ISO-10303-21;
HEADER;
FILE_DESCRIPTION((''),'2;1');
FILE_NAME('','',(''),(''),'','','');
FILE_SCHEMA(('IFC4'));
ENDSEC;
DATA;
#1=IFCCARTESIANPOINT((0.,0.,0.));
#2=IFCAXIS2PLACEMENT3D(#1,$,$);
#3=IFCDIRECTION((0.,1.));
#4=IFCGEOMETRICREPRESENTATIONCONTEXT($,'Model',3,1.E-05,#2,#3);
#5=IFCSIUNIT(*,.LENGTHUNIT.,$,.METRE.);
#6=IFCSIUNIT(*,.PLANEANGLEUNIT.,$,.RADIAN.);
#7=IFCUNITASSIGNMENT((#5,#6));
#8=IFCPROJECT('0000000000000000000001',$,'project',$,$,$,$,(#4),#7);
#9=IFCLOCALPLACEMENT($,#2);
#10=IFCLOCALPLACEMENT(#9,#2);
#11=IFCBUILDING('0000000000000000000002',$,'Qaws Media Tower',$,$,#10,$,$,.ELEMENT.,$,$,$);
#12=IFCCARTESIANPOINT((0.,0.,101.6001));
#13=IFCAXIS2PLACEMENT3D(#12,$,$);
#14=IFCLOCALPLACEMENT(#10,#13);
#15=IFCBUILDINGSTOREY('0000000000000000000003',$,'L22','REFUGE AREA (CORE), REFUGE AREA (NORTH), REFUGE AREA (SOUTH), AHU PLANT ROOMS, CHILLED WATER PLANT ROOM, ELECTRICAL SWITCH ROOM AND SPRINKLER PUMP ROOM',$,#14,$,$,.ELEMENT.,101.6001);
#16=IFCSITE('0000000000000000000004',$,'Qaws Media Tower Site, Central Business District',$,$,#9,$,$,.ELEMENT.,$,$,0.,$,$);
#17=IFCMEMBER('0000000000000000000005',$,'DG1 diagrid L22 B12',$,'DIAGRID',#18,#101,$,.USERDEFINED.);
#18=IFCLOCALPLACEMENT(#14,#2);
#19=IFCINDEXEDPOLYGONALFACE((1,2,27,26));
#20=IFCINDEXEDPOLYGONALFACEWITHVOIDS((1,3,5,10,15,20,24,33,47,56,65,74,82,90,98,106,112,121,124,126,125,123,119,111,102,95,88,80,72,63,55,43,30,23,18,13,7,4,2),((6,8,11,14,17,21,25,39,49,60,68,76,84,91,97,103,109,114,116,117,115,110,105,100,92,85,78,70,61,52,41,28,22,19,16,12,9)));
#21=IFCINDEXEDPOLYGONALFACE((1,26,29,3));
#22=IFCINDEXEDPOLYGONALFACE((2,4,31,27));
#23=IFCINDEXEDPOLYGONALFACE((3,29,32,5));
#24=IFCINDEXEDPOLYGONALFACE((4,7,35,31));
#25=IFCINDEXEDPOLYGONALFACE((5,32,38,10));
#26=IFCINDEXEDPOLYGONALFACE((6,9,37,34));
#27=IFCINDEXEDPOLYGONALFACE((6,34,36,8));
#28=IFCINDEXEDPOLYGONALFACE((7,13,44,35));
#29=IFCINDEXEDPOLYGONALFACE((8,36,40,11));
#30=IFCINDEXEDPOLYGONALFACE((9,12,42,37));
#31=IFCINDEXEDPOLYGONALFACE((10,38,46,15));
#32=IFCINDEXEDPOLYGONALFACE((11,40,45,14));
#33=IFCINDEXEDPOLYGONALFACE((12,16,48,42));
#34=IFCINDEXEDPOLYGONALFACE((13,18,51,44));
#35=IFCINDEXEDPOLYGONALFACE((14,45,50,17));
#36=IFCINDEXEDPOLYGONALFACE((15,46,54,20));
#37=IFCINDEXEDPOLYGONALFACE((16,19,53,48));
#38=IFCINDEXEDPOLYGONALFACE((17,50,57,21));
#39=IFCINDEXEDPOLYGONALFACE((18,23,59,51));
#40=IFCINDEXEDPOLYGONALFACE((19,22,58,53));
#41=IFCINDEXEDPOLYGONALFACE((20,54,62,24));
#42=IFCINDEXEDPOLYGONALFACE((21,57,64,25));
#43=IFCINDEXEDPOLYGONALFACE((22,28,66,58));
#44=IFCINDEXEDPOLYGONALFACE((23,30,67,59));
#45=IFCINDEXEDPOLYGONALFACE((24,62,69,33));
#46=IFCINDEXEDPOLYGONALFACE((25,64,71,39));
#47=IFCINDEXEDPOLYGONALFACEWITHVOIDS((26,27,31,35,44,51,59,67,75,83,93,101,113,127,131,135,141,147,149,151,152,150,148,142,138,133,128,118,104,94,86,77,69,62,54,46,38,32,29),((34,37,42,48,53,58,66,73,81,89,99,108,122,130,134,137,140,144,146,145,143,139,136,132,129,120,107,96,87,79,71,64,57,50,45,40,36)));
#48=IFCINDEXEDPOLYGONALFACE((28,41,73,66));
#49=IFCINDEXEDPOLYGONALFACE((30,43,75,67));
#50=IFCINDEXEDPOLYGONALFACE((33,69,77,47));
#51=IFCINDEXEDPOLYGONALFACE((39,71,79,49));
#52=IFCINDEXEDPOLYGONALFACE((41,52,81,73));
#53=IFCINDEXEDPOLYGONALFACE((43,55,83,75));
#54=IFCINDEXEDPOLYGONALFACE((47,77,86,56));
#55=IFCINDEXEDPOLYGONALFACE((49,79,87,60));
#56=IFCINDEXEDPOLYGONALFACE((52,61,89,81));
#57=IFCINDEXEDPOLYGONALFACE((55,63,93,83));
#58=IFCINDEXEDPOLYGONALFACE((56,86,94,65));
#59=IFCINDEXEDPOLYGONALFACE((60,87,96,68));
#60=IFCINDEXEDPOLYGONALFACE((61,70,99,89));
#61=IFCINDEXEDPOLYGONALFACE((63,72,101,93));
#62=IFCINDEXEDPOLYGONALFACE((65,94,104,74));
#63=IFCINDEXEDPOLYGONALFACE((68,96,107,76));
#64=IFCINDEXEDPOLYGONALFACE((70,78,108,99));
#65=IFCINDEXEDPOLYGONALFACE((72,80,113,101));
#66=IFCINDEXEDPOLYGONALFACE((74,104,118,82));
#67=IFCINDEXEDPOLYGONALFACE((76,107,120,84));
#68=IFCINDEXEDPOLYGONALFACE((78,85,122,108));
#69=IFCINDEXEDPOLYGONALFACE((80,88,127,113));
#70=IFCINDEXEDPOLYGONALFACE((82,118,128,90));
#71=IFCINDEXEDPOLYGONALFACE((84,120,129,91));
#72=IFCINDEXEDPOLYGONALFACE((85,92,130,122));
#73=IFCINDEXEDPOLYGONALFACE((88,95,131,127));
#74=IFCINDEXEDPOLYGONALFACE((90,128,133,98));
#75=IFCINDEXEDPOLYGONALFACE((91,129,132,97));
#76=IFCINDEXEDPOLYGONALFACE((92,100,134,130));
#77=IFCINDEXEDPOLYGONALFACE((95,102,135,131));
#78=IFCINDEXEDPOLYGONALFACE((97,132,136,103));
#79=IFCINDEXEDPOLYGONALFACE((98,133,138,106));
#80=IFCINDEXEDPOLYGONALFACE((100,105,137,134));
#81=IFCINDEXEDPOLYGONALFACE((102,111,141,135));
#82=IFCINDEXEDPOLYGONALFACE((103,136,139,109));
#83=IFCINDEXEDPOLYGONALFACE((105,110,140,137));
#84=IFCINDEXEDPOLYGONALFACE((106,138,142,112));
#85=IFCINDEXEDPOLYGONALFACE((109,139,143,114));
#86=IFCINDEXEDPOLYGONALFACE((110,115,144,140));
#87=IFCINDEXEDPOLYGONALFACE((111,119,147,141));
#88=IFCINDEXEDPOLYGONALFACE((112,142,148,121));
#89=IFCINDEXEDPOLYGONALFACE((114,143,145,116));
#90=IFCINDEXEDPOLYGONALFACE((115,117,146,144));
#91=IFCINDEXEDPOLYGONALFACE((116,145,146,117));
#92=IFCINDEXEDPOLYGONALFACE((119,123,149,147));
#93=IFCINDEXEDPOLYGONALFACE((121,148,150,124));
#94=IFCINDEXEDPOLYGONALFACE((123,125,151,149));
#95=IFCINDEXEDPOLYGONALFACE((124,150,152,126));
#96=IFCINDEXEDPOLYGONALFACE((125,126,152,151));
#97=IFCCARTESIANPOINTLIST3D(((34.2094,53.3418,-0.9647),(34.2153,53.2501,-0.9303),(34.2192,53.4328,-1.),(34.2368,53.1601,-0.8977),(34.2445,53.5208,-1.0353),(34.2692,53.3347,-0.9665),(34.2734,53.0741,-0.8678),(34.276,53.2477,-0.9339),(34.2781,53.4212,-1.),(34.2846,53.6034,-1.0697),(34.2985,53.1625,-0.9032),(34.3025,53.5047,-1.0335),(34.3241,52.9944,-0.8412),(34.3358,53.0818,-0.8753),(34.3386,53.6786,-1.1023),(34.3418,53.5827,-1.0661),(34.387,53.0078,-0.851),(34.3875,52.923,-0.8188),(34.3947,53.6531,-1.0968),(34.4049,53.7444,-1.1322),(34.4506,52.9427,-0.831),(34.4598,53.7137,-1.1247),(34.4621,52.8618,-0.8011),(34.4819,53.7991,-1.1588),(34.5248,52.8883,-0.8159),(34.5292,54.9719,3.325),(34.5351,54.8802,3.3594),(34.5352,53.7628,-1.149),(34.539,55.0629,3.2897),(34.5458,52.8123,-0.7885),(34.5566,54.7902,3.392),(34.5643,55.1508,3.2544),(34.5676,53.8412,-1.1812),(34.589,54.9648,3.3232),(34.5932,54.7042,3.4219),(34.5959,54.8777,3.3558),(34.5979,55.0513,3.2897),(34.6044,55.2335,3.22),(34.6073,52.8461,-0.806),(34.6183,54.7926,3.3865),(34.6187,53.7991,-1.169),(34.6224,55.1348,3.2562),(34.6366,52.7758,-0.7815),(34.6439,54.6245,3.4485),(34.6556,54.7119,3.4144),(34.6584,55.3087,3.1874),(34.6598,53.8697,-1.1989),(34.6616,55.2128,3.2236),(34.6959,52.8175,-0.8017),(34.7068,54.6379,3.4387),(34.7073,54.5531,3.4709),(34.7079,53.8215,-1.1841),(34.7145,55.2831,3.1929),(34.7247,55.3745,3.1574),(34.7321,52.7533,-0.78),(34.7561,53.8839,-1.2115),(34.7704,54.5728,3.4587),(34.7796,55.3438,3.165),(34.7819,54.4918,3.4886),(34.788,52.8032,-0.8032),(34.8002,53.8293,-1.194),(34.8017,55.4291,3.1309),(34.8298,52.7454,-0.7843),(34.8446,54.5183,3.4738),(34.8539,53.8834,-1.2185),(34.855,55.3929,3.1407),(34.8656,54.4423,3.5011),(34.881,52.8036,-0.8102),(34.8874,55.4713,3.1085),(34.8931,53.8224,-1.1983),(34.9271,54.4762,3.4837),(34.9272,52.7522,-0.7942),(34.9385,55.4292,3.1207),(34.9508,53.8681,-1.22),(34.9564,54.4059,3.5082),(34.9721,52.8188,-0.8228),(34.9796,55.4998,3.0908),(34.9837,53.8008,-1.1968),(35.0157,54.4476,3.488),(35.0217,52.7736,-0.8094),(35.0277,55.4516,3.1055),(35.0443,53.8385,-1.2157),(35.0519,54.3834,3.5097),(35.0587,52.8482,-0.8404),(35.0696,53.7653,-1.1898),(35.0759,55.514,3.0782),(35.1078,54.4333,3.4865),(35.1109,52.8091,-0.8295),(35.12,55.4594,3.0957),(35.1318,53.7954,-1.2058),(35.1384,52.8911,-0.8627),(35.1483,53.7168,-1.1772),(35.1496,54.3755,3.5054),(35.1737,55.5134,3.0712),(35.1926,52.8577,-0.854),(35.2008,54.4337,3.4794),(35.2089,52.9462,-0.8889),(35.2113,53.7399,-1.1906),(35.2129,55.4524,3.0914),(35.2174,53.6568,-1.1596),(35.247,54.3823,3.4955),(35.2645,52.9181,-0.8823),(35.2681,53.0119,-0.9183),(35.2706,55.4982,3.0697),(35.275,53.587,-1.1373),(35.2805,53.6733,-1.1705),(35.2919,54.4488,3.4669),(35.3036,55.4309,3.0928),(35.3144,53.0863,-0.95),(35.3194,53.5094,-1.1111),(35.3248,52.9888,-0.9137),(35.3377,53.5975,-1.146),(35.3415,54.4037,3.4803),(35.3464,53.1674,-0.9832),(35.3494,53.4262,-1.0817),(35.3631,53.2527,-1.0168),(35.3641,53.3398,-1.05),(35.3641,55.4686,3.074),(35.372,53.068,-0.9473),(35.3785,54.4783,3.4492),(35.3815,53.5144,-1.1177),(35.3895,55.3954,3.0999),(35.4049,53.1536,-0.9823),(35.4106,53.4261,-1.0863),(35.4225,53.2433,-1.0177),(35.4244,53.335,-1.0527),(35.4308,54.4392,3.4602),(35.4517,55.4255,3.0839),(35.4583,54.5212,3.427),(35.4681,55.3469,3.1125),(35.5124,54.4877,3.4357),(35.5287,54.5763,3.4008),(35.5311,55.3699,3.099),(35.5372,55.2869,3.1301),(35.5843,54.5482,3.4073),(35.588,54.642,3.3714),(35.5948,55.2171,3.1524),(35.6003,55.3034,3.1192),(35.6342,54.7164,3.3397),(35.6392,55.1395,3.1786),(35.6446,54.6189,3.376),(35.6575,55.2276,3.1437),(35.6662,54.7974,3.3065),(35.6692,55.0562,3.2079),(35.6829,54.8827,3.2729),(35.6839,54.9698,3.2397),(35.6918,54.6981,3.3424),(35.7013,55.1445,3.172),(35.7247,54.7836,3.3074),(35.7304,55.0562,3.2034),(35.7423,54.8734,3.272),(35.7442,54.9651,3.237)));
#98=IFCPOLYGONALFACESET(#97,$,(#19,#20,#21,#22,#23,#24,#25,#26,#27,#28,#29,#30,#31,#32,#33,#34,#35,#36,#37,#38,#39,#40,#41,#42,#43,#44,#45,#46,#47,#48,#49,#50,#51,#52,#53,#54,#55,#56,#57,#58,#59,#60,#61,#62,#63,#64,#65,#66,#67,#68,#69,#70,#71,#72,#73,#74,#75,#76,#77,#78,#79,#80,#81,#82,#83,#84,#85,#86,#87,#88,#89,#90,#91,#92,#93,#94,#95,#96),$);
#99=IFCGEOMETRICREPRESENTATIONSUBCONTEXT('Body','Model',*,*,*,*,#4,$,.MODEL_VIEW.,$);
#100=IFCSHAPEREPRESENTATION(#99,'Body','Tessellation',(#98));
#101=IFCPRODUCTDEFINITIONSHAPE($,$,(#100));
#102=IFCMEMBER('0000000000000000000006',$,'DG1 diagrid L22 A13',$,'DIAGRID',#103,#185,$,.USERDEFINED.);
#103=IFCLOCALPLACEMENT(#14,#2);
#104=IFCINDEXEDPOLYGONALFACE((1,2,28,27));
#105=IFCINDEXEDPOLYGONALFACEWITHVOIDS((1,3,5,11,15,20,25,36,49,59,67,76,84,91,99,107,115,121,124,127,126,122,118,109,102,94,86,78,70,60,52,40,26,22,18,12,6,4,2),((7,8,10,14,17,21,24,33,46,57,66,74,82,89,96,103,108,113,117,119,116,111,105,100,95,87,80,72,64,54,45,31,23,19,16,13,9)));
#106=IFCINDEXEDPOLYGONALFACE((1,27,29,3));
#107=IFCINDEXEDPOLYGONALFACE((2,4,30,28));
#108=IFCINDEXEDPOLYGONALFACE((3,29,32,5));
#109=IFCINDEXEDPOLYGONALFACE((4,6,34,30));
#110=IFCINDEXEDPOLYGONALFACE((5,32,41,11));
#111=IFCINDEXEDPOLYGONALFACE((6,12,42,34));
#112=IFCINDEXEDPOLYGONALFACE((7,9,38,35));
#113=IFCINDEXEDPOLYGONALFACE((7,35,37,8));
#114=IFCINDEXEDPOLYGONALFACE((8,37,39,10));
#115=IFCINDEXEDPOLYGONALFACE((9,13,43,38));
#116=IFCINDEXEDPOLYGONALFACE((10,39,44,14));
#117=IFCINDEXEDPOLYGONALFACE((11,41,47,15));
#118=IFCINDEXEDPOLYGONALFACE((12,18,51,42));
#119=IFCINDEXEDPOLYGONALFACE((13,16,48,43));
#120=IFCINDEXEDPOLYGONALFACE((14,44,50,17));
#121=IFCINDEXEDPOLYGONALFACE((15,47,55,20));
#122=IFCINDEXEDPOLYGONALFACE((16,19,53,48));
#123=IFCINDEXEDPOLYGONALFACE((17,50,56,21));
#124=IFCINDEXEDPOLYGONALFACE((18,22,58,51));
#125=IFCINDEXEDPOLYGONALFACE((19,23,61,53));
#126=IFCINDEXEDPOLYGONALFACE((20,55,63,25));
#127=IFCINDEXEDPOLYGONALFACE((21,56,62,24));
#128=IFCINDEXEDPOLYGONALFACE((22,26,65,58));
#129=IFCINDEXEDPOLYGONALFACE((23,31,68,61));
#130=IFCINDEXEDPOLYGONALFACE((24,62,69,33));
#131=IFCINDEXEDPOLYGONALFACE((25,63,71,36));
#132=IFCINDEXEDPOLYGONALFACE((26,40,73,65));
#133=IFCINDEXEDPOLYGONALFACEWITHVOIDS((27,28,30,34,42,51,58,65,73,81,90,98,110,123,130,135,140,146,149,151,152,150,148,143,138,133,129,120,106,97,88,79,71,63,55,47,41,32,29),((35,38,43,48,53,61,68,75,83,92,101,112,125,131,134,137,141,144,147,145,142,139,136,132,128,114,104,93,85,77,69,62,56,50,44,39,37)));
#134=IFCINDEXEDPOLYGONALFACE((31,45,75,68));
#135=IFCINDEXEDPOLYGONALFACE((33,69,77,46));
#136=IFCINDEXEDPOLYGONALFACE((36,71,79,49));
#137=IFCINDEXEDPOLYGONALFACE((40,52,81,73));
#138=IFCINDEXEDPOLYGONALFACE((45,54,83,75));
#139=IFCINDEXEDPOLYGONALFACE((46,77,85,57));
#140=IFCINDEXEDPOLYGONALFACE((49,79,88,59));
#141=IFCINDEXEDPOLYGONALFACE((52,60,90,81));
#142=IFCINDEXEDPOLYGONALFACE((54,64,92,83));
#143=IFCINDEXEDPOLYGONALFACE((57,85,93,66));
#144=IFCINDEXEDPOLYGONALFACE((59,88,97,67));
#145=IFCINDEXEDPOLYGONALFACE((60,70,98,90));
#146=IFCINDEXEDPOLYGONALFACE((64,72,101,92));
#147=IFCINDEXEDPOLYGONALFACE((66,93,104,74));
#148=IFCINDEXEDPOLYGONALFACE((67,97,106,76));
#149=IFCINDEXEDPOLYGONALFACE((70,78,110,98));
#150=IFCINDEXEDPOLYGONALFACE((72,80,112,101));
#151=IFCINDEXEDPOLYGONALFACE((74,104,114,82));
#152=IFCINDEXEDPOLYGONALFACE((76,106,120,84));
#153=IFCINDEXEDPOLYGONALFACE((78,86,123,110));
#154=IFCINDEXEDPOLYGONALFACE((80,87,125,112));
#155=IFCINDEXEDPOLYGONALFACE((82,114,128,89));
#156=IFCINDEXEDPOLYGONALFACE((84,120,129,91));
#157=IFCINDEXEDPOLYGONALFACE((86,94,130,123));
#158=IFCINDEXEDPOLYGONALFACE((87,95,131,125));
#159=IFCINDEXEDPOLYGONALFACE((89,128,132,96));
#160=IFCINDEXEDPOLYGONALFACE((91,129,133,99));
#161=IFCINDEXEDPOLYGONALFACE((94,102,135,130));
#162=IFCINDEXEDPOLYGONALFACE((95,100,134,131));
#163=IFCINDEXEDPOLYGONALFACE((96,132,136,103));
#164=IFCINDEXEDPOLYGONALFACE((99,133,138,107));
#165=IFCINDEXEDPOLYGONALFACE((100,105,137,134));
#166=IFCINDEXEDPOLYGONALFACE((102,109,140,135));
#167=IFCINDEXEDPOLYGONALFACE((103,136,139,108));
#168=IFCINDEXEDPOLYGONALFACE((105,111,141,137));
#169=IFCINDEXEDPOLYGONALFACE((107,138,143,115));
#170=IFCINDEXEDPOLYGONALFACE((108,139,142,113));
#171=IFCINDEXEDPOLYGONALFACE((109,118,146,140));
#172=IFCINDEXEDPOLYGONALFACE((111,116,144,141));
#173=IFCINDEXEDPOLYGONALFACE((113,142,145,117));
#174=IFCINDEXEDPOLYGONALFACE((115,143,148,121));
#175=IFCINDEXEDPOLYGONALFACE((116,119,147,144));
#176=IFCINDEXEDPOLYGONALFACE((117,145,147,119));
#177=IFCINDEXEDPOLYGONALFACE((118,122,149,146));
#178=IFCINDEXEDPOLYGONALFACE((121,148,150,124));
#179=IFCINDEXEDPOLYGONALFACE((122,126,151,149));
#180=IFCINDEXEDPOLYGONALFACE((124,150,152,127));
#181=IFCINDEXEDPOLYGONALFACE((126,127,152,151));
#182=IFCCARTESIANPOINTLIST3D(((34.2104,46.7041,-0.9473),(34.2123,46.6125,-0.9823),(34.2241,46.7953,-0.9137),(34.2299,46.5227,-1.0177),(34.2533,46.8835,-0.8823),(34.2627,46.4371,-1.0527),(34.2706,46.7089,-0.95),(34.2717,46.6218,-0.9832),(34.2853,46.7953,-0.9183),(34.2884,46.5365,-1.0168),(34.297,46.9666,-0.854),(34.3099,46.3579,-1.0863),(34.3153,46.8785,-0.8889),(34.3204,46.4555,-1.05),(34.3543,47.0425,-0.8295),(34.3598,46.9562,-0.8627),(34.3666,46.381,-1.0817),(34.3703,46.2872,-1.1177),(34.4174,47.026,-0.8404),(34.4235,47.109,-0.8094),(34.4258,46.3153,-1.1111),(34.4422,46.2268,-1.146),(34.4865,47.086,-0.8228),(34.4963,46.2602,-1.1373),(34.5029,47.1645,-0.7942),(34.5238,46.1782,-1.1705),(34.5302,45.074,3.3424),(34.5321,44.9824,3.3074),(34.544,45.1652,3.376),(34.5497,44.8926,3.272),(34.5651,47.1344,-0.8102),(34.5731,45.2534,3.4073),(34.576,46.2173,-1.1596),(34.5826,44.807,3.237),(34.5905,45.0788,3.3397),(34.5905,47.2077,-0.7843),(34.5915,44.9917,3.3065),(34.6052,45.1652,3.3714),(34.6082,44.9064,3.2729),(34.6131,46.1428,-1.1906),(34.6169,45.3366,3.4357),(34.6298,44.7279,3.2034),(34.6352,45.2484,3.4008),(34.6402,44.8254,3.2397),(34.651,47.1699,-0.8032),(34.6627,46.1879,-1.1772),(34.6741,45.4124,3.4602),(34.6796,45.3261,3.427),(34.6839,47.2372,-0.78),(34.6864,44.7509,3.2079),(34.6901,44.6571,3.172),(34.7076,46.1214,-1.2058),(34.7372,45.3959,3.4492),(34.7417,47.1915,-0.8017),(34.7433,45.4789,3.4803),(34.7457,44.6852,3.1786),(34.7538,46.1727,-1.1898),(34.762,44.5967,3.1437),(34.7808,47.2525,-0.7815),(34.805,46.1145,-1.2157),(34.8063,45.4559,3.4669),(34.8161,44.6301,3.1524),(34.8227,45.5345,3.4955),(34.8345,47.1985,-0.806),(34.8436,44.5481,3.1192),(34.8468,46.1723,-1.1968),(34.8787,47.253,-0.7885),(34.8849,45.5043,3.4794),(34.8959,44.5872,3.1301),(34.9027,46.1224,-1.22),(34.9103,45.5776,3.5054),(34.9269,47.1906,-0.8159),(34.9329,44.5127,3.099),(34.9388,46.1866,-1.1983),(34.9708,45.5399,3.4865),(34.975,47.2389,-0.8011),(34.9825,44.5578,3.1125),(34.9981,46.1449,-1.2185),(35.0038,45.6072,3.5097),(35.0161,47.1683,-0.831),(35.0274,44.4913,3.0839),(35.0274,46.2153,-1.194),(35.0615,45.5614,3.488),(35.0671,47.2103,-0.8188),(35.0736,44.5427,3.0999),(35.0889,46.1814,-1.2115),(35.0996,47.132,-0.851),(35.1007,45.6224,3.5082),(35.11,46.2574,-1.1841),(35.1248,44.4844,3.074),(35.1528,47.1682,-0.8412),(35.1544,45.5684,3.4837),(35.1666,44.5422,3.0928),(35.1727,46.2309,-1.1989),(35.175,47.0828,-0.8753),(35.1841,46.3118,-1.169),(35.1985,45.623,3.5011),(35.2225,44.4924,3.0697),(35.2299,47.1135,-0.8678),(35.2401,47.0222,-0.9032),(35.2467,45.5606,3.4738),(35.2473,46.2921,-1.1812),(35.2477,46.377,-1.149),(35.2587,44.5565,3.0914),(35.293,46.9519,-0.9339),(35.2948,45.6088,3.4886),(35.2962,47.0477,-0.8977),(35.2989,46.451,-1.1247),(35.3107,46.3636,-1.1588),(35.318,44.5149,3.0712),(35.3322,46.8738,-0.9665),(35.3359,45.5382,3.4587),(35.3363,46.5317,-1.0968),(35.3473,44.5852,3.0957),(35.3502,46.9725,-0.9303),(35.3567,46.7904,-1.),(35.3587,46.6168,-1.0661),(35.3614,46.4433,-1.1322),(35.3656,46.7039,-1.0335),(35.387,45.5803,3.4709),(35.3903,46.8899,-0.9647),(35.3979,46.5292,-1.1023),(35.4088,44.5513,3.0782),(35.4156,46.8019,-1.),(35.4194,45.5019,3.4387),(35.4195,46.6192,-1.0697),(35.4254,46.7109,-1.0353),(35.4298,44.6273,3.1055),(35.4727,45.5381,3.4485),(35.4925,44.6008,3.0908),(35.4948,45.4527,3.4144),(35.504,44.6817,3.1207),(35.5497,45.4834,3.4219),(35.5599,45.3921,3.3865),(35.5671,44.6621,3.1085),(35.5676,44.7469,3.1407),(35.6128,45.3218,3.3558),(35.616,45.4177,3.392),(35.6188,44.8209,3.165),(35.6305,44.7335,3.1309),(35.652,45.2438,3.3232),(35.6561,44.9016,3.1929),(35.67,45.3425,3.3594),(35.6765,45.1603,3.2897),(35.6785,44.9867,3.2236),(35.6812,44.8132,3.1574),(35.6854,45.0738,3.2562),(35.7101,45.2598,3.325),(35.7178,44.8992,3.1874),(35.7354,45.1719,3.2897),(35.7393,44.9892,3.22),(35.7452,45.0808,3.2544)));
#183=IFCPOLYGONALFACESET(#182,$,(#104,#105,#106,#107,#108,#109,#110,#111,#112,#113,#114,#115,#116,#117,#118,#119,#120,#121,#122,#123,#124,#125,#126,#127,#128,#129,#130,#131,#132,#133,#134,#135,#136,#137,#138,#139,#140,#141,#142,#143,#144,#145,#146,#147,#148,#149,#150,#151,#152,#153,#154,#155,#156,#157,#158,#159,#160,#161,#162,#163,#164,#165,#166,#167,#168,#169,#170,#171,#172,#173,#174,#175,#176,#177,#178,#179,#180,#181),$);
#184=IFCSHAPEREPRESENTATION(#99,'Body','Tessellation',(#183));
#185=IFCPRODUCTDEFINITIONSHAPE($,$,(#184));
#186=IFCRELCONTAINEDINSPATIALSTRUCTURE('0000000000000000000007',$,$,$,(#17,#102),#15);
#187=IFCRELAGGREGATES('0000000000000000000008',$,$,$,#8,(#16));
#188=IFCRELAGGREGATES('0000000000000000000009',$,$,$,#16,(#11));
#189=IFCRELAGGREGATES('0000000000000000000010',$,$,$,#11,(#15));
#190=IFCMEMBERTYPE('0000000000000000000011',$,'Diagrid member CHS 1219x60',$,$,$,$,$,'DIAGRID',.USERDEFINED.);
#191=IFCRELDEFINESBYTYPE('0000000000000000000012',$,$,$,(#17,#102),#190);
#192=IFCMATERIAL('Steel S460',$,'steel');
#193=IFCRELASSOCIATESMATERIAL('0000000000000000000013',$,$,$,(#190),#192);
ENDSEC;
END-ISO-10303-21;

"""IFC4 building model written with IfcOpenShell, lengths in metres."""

from ifc_helpers import new_model, si_unit, direction, frame, origin, origin_2d, place, context, subcontext, project, spatial, hollow_circle, extrude, material, material_profile, profile_set, type_object, element, save


model = new_model("IFC4")

# Units and contexts
model_context = context("Model", 3, precision=1e-05, world=origin(), true_north=direction((0.0, 1.0)))
body_context = subcontext(model_context, "Body", "Model", "MODEL_VIEW")
ifc_project = project(units=[si_unit("LENGTHUNIT", "METRE"), si_unit("PLANEANGLEUNIT", "RADIAN")], contexts=[model_context])

# Site, building, storey
site_placement = place(None, origin())
site = spatial("IfcSite", under=ifc_project, at=site_placement, Name="Qaws Media Tower Site, Central Business District", CompositionType="ELEMENT", RefElevation=0.0)
building_placement = place(site_placement, origin())
building = spatial("IfcBuilding", under=site, at=building_placement, Name="Qaws Media Tower", CompositionType="ELEMENT")
storey_placement = place(building_placement, frame((0.0, 0.0, 101.6001)))
storey = spatial("IfcBuildingStorey", under=building, at=storey_placement, Name="L22", Description="REFUGE AREA (CORE), REFUGE AREA (NORTH), REFUGE AREA (SOUTH), AHU PLANT ROOMS, CHILLED WATER PLANT ROOM, ELECTRICAL SWITCH ROOM AND SPRINKLER PUMP ROOM", CompositionType="ELEMENT", Elevation=101.6001)

# Members
ifc_material_1 = material(Name="Steel S460", Category="steel")
ifc_material_profile_1 = material_profile(ifc_material_1, hollow_circle(Radius=0.6096, WallThickness=0.0601, at=origin_2d()), Name="CHS 1219x60")
ifc_profile_set_1 = profile_set([ifc_material_profile_1], Name="Steel S460")
member_type_1 = type_object("IfcMemberType", Name="Diagrid member CHS 1219x60", ElementType="DIAGRID", PredefinedType="USERDEFINED", material=ifc_profile_set_1)
for number, where, z_axis, x_axis, name in (
    (1, (34.8174, 53.3154, -1.0), (0.069524, 0.354359, 0.932521), (-0.981292, 0.192525, 0.0), "DG1 diagrid L22 B12"),
    (2, (34.8174, 46.6846, -1.0), (0.069524, -0.354359, 0.932521), (0.981292, 0.192525, 0.0), "DG1 diagrid L22 A13"),
):
    element("IfcMember", number, at=place(storey_placement, frame(where, z_axis=z_axis, x_axis=x_axis)), inside=storey, type_object=member_type_1, Name=name, ObjectType="DIAGRID", PredefinedType="USERDEFINED", context=body_context, shape_type="SweptSolid", body=[
        extrude(hollow_circle(Radius=0.6096, WallThickness=0.0601, at=origin_2d()), origin(), (0.0, 0.0, 1.0), 4.6001),
    ])

save(model, "model.ifc")
